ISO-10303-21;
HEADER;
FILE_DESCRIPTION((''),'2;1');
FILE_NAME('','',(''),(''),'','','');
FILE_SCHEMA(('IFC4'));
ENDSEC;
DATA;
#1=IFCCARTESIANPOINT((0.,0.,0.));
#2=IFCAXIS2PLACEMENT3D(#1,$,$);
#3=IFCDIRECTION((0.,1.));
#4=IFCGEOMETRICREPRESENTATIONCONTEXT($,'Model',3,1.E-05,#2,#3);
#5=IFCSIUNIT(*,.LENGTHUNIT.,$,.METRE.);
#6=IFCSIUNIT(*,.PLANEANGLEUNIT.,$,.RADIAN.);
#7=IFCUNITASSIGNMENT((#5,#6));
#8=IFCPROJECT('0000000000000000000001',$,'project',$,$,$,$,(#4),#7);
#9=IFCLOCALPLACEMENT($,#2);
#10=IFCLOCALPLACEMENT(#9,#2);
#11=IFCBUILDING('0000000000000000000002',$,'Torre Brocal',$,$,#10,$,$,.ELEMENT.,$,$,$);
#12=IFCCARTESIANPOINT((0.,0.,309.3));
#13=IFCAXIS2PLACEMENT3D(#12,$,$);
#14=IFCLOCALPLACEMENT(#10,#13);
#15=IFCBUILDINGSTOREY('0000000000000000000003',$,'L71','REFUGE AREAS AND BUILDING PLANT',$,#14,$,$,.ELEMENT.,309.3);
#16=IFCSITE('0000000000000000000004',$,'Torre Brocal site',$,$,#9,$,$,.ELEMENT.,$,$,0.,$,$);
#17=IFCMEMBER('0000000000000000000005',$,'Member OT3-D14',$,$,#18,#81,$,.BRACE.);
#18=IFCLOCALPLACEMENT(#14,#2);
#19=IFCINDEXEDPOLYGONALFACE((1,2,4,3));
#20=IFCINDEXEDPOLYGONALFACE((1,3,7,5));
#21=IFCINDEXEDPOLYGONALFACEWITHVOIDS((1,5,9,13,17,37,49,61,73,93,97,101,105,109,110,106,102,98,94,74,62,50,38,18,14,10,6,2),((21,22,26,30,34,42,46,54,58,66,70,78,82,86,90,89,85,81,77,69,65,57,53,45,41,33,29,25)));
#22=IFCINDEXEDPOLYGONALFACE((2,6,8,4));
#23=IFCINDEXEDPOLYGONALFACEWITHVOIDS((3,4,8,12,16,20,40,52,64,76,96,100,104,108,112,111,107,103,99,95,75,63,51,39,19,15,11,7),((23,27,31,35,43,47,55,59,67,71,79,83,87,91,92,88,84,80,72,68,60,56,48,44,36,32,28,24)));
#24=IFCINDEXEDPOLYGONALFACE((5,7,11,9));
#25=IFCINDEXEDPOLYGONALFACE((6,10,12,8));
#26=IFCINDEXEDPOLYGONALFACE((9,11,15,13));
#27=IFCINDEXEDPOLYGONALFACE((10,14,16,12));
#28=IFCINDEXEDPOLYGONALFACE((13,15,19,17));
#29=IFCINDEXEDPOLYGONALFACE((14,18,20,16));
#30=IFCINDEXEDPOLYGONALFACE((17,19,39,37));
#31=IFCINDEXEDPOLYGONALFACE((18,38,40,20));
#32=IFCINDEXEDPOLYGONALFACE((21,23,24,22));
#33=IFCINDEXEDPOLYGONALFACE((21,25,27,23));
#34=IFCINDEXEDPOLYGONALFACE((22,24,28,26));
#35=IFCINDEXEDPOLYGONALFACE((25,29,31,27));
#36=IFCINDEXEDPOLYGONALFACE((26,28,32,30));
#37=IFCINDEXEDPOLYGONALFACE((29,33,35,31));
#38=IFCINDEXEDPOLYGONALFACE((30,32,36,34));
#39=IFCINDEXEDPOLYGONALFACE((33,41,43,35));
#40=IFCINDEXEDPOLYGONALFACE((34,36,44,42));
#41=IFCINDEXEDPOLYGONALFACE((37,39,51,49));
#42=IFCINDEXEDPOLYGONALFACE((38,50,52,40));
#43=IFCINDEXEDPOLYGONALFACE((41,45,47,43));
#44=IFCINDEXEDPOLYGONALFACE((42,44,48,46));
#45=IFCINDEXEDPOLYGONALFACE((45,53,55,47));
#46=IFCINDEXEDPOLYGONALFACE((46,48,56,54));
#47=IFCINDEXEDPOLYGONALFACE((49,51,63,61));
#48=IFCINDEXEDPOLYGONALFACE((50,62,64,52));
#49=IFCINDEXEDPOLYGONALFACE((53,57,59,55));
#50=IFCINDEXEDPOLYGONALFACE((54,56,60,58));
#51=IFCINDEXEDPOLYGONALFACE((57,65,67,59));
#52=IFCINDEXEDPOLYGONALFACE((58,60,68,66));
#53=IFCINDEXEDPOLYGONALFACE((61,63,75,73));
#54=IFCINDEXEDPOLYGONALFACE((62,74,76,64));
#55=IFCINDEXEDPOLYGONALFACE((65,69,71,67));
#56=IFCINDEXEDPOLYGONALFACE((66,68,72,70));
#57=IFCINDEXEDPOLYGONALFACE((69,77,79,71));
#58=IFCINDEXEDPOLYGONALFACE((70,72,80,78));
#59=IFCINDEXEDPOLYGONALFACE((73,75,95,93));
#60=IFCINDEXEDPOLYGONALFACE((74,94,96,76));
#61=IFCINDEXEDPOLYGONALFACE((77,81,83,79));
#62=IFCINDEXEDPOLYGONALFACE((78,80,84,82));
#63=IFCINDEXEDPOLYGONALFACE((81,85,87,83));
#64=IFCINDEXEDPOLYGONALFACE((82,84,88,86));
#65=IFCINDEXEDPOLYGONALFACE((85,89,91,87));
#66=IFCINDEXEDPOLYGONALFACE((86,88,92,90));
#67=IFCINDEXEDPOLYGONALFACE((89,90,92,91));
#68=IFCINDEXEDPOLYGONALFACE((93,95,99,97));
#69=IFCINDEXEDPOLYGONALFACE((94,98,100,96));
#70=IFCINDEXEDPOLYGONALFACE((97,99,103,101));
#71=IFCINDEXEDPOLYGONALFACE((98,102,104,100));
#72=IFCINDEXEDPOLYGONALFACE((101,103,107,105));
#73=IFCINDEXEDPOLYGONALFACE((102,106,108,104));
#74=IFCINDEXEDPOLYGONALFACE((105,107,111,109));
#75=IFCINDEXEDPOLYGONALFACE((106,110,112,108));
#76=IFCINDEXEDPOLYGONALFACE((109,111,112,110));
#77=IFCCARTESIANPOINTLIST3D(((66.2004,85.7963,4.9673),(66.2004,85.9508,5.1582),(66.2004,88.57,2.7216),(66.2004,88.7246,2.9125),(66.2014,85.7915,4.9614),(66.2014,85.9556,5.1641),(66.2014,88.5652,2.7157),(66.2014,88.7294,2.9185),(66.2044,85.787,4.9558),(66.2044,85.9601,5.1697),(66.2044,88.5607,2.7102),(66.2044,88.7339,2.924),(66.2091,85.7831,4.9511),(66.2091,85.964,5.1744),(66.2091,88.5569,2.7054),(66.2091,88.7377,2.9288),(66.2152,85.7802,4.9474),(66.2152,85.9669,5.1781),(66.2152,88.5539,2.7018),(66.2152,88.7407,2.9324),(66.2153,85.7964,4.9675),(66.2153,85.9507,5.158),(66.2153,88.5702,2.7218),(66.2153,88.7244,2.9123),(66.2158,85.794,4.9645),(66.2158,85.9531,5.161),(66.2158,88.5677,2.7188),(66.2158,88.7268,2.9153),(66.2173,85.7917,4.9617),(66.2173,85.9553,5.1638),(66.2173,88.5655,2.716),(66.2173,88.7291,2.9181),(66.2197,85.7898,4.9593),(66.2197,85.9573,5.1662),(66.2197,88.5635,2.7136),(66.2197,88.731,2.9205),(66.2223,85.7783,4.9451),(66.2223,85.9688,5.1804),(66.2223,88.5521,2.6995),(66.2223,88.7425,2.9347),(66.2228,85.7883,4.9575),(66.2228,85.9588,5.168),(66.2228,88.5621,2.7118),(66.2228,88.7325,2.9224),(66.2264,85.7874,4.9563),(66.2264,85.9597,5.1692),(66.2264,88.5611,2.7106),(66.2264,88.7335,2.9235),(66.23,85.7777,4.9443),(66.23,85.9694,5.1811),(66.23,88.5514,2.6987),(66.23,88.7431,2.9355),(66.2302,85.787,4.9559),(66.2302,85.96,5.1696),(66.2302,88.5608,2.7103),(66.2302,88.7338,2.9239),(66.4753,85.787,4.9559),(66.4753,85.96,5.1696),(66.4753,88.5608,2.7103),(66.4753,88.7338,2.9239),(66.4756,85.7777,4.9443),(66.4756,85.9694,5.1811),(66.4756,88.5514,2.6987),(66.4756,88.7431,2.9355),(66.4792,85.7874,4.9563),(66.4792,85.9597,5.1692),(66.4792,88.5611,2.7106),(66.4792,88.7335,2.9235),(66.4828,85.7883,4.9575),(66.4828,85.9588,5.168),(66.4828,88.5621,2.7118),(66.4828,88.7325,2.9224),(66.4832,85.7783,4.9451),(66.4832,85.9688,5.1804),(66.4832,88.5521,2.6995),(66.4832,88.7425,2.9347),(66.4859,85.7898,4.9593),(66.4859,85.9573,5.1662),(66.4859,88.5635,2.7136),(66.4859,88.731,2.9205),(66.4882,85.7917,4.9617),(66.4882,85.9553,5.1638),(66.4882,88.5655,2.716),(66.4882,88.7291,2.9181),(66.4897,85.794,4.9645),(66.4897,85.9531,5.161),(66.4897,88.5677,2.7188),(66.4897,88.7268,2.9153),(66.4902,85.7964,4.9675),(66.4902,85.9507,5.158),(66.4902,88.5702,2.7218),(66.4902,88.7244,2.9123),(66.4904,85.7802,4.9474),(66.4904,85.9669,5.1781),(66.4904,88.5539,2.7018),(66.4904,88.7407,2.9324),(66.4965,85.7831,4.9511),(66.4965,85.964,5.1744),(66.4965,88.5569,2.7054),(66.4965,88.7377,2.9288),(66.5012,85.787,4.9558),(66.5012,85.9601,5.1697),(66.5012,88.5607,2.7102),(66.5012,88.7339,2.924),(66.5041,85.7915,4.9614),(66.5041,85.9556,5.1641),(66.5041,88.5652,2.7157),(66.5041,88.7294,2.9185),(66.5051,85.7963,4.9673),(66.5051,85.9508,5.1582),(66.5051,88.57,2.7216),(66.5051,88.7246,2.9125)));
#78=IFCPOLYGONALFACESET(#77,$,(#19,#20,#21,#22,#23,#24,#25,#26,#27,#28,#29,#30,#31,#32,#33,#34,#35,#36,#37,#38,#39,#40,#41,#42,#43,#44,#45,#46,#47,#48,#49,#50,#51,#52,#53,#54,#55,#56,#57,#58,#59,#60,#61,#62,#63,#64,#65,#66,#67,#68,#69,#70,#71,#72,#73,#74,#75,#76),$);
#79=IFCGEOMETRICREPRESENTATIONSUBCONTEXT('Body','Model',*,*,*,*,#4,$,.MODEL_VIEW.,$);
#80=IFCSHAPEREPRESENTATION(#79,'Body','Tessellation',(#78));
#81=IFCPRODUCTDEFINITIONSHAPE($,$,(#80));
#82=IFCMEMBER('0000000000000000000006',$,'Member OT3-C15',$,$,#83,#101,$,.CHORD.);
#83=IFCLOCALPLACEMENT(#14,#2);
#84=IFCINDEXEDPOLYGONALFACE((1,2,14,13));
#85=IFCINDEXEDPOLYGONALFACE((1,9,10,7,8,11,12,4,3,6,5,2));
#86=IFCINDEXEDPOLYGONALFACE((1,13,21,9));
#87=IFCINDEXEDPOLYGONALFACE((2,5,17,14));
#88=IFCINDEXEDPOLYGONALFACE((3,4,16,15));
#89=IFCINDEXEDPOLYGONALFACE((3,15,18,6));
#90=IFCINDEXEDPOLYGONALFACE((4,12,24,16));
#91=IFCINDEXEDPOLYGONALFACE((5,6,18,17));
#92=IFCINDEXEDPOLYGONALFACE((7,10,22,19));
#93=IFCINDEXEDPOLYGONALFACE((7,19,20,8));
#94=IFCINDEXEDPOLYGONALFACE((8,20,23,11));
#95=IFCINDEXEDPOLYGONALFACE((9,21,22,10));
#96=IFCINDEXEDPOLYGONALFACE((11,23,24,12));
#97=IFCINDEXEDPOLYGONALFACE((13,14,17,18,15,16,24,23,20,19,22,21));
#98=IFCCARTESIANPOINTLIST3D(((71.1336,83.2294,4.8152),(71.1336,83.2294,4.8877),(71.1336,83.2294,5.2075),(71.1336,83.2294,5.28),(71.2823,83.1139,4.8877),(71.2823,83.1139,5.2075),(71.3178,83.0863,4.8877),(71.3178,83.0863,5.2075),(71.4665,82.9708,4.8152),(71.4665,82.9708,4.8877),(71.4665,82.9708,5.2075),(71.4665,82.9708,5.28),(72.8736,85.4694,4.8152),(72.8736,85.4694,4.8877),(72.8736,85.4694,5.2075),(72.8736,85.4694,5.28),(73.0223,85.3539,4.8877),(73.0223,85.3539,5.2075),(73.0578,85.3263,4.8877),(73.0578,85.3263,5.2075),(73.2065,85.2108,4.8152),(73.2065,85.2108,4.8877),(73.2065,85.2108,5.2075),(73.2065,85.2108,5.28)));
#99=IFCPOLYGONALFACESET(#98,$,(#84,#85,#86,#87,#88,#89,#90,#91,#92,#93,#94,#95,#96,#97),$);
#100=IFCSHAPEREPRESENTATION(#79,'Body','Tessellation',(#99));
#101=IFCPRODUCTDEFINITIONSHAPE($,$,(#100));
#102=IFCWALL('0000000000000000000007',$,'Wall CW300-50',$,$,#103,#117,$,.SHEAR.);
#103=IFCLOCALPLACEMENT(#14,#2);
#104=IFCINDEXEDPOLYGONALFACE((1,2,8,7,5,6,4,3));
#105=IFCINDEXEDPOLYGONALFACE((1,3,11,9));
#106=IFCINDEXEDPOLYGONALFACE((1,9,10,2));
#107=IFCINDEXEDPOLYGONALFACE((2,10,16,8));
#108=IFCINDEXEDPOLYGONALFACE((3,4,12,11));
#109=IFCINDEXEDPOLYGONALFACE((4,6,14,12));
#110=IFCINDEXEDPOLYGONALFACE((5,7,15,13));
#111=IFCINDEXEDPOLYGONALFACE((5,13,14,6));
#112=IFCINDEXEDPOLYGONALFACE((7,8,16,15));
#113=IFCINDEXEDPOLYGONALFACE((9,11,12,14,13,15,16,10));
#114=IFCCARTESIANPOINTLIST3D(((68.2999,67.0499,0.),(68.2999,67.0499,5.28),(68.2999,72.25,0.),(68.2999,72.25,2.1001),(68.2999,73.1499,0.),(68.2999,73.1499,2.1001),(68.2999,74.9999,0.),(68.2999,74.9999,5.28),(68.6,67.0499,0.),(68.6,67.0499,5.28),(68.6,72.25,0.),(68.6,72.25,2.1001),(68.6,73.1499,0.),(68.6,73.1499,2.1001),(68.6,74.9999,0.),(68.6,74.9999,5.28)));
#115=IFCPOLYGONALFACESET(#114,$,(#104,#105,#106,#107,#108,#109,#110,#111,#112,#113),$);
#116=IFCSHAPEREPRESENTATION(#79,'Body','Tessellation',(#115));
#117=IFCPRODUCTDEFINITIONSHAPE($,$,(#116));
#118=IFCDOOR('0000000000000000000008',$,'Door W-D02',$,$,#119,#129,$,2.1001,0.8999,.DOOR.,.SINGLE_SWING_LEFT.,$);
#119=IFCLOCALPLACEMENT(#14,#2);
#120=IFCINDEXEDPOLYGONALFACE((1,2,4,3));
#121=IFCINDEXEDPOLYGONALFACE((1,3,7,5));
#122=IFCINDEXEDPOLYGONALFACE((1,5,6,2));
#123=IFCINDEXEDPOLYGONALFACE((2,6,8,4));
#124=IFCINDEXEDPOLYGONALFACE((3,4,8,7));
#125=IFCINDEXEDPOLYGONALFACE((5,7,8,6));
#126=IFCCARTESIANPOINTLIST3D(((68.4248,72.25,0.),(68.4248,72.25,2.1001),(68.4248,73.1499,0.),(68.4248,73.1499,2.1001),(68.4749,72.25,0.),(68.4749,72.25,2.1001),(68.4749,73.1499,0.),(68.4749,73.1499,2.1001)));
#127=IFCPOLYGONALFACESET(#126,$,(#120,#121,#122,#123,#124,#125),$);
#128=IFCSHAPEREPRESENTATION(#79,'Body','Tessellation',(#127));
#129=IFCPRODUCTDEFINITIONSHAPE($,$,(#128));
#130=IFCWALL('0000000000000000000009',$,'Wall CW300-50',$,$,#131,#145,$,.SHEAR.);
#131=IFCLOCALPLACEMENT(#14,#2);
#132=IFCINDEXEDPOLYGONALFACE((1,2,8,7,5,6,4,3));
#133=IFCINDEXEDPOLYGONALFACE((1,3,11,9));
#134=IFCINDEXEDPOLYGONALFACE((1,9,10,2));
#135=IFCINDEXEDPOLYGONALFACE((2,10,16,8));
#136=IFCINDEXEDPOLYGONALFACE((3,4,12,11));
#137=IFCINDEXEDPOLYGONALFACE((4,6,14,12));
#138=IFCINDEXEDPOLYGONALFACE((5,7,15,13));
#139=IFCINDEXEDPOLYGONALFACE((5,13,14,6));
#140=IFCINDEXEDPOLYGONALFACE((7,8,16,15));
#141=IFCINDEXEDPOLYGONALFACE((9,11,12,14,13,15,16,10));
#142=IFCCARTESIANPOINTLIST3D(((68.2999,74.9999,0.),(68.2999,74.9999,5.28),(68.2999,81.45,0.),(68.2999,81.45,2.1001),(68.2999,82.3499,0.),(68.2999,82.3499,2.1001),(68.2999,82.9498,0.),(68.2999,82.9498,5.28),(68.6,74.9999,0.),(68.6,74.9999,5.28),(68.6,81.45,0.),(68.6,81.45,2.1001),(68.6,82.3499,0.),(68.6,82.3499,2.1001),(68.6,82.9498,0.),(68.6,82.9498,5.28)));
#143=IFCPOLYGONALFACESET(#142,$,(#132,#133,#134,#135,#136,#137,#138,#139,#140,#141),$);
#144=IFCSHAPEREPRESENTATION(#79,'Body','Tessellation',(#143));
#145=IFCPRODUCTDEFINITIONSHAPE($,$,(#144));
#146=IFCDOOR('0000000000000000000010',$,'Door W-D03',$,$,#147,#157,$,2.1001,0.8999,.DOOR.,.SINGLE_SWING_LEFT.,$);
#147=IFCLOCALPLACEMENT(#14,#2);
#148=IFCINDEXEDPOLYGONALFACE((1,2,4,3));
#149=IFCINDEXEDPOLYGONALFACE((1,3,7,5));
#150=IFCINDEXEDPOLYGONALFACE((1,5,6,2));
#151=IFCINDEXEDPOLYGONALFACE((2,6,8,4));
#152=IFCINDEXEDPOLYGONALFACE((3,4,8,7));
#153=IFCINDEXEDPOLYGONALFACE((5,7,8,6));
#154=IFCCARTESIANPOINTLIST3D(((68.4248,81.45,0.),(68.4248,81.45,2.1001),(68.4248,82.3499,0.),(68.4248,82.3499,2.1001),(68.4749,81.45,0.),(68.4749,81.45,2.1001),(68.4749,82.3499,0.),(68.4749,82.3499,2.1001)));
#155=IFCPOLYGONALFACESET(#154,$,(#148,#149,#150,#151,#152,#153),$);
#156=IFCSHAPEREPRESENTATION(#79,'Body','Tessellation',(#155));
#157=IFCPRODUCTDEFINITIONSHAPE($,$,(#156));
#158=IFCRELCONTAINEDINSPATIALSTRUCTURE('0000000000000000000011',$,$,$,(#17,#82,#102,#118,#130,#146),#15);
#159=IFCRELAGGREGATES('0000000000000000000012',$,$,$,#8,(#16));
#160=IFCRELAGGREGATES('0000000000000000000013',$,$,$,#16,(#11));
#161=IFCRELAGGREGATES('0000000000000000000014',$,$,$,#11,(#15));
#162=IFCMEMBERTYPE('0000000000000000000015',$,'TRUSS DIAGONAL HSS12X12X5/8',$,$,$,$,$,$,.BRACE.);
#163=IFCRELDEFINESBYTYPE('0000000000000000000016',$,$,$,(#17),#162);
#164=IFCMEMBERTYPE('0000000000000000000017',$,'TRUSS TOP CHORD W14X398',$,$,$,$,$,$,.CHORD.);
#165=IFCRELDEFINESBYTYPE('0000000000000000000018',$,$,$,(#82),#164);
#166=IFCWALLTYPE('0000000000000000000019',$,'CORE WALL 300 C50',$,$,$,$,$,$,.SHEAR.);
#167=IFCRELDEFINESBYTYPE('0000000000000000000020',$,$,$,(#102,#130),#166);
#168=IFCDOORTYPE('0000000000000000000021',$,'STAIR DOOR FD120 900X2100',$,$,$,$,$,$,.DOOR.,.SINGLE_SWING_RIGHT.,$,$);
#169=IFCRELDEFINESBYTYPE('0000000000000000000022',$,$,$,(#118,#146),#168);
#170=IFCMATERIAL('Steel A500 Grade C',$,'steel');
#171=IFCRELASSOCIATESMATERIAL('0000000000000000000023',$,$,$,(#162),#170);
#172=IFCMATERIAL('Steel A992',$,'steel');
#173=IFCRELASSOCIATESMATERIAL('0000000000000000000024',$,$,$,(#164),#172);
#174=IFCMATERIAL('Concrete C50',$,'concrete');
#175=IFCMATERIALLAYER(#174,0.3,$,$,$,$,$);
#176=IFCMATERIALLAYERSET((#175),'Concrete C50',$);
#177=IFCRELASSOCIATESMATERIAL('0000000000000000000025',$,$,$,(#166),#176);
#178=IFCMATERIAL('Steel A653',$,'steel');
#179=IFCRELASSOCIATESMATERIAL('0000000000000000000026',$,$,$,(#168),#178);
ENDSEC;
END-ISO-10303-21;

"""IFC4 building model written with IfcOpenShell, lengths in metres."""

from ifc_helpers import new_model, si_unit, direction, frame, frame_2d, origin, origin_2d, place, context, subcontext, project, spatial, rectangle, hollow_rectangle, i_section, extrude, material, layer, layer_set, material_profile, profile_set, type_object, element, fill, save


model = new_model("IFC4")

# Units and contexts
model_context = context("Model", 3, precision=1e-05, world=origin(), true_north=direction((0.0, 1.0)))
body_context = subcontext(model_context, "Body", "Model", "MODEL_VIEW")
ifc_project = project(units=[si_unit("LENGTHUNIT", "METRE"), si_unit("PLANEANGLEUNIT", "RADIAN")], contexts=[model_context])

# Site, building, storey
site_placement = place(None, origin())
site = spatial("IfcSite", under=ifc_project, at=site_placement, Name="Torre Brocal site", CompositionType="ELEMENT", RefElevation=0.0)
building_placement = place(site_placement, origin())
building = spatial("IfcBuilding", under=site, at=building_placement, Name="Torre Brocal", CompositionType="ELEMENT")
storey_placement = place(building_placement, frame((0.0, 0.0, 309.3)))
storey = spatial("IfcBuildingStorey", under=building, at=storey_placement, Name="L71", Description="REFUGE AREAS AND BUILDING PLANT", CompositionType="ELEMENT", Elevation=309.3)

# Members
ifc_material_1 = material(Name="Steel A500 Grade C", Category="steel")
ifc_material_profile_1 = material_profile(ifc_material_1, hollow_rectangle(XDim=0.3047, YDim=0.3047, WallThickness=0.0149, InnerFilletRadius=0.0149, OuterFilletRadius=0.0295, at=origin_2d()), Name="HSS12X12X5/8")
ifc_profile_set_1 = profile_set([ifc_material_profile_1], Name="Steel A500 Grade C")
member_type_1 = type_object("IfcMemberType", Name="TRUSS DIAGONAL HSS12X12X5/8", PredefinedType="BRACE", material=ifc_profile_set_1)
member_1_placement = place(storey_placement, frame((66.3528, 85.8735, 5.0627), z_axis=(0.0, 0.777211, -0.62924), x_axis=(-1.0, 0.0, 0.0)))
element("IfcMember", 1, at=member_1_placement, inside=storey, type_object=member_type_1, Name="Member OT3-D14", PredefinedType="BRACE", context=body_context, shape_type="SweptSolid", body=[
    extrude(hollow_rectangle(XDim=0.3047, YDim=0.3047, WallThickness=0.0149, InnerFilletRadius=0.0149, OuterFilletRadius=0.0295, at=origin_2d()), origin(), (0.0, 0.0, 1.0), 3.5688),
])
ifc_material_2 = material(Name="Steel A992", Category="steel")
ifc_material_profile_2 = material_profile(ifc_material_2, i_section(OverallWidth=0.4216, OverallDepth=0.4648, WebThickness=0.0449, FlangeThickness=0.0725, at=origin_2d()), Name="W14X398")
ifc_profile_set_2 = profile_set([ifc_material_profile_2], Name="Steel A992")
member_type_2 = type_object("IfcMemberType", Name="TRUSS TOP CHORD W14X398", PredefinedType="CHORD", material=ifc_profile_set_2)
member_2_placement = place(storey_placement, frame((71.3, 83.1001, 5.0476), z_axis=(0.613452, 0.789732, 0.0), x_axis=(-0.789732, 0.613452, 0.0)))
element("IfcMember", 2, at=member_2_placement, inside=storey, type_object=member_type_2, Name="Member OT3-C15", PredefinedType="CHORD", context=body_context, shape_type="SweptSolid", body=[
    extrude(i_section(OverallWidth=0.4216, OverallDepth=0.4648, WebThickness=0.0449, FlangeThickness=0.0725, at=origin_2d()), origin(), (0.0, 0.0, 1.0), 2.8364),
])

# Walls, openings, doors
ifc_material_3 = material(Name="Concrete C50", Category="concrete")
ifc_layer_1 = layer(ifc_material_3, 0.3)
ifc_layer_set_1 = layer_set([ifc_layer_1], Name="Concrete C50")
wall_type_1 = type_object("IfcWallType", Name="CORE WALL 300 C50", PredefinedType="SHEAR", material=ifc_layer_set_1)
wall_1_placement = place(storey_placement, frame((68.45, 75.0, 0.0), z_axis=(0.0, 0.0, 1.0), x_axis=(0.0, -1.0, 0.0)))
wall_1 = element("IfcWall", 3, at=wall_1_placement, inside=storey, type_object=wall_type_1, Name="Wall CW300-50", PredefinedType="SHEAR", context=body_context, shape_type="SweptSolid", body=[
    extrude(rectangle(XDim=7.95, YDim=0.3, at=frame_2d((3.9751, 0.0))), origin(), (0.0, 0.0, 1.0), 5.28),
])
opening_1_placement = place(wall_1_placement, frame((1.8501, 0.0, 0.0)))
opening_1 = element("IfcOpeningElement", 4, at=opening_1_placement, cuts=wall_1, PredefinedType="OPENING", context=body_context, shape_type="SweptSolid", body=[
    extrude(rectangle(XDim=0.8999, YDim=2.1001, at=frame_2d((0.45, 1.05))), frame((0.0, 0.1599, 0.0), z_axis=(0.0, -1.0, 0.0), x_axis=(1.0, 0.0, 0.0)), (0.0, 0.0, 1.0), 0.3201),
])
ifc_material_4 = material(Name="Steel A653", Category="steel")
door_type_1 = type_object("IfcDoorType", Name="STAIR DOOR FD120 900X2100", OperationType="SINGLE_SWING_RIGHT", PredefinedType="DOOR", material=ifc_material_4)
door_1_placement = place(opening_1_placement, origin())
door_1 = element("IfcDoor", 5, at=door_1_placement, inside=storey, type_object=door_type_1, Name="Door W-D02", OperationType="SINGLE_SWING_LEFT", OverallHeight=2.1001, OverallWidth=0.8999, PredefinedType="DOOR", context=body_context, shape_type="SweptSolid", body=[
    extrude(rectangle(XDim=0.8999, YDim=2.1001, at=frame_2d((0.45, 1.05))), frame((0.0, 0.0249, 0.0), z_axis=(0.0, -1.0, 0.0), x_axis=(1.0, 0.0, 0.0)), (0.0, 0.0, 1.0), 0.05),
])
fill(opening_1, door_1)
wall_2_placement = place(storey_placement, frame((68.45, 82.95, 0.0), z_axis=(0.0, 0.0, 1.0), x_axis=(0.0, -1.0, 0.0)))
wall_2 = element("IfcWall", 6, at=wall_2_placement, inside=storey, type_object=wall_type_1, Name="Wall CW300-50", PredefinedType="SHEAR", context=body_context, shape_type="SweptSolid", body=[
    extrude(rectangle(XDim=7.95, YDim=0.3, at=frame_2d((3.9751, 0.0))), origin(), (0.0, 0.0, 1.0), 5.28),
])
opening_2_placement = place(wall_2_placement, frame((0.6001, 0.0, 0.0)))
opening_2 = element("IfcOpeningElement", 7, at=opening_2_placement, cuts=wall_2, PredefinedType="OPENING", context=body_context, shape_type="SweptSolid", body=[
    extrude(rectangle(XDim=0.8999, YDim=2.1001, at=frame_2d((0.45, 1.05))), frame((0.0, 0.1599, 0.0), z_axis=(0.0, -1.0, 0.0), x_axis=(1.0, 0.0, 0.0)), (0.0, 0.0, 1.0), 0.3201),
])
door_2_placement = place(opening_2_placement, origin())
door_2 = element("IfcDoor", 8, at=door_2_placement, inside=storey, type_object=door_type_1, Name="Door W-D03", OperationType="SINGLE_SWING_LEFT", OverallHeight=2.1001, OverallWidth=0.8999, PredefinedType="DOOR", context=body_context, shape_type="SweptSolid", body=[
    extrude(rectangle(XDim=0.8999, YDim=2.1001, at=frame_2d((0.45, 1.05))), frame((0.0, 0.0249, 0.0), z_axis=(0.0, -1.0, 0.0), x_axis=(1.0, 0.0, 0.0)), (0.0, 0.0, 1.0), 0.05),
])
fill(opening_2, door_2)

save(model, "model.ifc")
